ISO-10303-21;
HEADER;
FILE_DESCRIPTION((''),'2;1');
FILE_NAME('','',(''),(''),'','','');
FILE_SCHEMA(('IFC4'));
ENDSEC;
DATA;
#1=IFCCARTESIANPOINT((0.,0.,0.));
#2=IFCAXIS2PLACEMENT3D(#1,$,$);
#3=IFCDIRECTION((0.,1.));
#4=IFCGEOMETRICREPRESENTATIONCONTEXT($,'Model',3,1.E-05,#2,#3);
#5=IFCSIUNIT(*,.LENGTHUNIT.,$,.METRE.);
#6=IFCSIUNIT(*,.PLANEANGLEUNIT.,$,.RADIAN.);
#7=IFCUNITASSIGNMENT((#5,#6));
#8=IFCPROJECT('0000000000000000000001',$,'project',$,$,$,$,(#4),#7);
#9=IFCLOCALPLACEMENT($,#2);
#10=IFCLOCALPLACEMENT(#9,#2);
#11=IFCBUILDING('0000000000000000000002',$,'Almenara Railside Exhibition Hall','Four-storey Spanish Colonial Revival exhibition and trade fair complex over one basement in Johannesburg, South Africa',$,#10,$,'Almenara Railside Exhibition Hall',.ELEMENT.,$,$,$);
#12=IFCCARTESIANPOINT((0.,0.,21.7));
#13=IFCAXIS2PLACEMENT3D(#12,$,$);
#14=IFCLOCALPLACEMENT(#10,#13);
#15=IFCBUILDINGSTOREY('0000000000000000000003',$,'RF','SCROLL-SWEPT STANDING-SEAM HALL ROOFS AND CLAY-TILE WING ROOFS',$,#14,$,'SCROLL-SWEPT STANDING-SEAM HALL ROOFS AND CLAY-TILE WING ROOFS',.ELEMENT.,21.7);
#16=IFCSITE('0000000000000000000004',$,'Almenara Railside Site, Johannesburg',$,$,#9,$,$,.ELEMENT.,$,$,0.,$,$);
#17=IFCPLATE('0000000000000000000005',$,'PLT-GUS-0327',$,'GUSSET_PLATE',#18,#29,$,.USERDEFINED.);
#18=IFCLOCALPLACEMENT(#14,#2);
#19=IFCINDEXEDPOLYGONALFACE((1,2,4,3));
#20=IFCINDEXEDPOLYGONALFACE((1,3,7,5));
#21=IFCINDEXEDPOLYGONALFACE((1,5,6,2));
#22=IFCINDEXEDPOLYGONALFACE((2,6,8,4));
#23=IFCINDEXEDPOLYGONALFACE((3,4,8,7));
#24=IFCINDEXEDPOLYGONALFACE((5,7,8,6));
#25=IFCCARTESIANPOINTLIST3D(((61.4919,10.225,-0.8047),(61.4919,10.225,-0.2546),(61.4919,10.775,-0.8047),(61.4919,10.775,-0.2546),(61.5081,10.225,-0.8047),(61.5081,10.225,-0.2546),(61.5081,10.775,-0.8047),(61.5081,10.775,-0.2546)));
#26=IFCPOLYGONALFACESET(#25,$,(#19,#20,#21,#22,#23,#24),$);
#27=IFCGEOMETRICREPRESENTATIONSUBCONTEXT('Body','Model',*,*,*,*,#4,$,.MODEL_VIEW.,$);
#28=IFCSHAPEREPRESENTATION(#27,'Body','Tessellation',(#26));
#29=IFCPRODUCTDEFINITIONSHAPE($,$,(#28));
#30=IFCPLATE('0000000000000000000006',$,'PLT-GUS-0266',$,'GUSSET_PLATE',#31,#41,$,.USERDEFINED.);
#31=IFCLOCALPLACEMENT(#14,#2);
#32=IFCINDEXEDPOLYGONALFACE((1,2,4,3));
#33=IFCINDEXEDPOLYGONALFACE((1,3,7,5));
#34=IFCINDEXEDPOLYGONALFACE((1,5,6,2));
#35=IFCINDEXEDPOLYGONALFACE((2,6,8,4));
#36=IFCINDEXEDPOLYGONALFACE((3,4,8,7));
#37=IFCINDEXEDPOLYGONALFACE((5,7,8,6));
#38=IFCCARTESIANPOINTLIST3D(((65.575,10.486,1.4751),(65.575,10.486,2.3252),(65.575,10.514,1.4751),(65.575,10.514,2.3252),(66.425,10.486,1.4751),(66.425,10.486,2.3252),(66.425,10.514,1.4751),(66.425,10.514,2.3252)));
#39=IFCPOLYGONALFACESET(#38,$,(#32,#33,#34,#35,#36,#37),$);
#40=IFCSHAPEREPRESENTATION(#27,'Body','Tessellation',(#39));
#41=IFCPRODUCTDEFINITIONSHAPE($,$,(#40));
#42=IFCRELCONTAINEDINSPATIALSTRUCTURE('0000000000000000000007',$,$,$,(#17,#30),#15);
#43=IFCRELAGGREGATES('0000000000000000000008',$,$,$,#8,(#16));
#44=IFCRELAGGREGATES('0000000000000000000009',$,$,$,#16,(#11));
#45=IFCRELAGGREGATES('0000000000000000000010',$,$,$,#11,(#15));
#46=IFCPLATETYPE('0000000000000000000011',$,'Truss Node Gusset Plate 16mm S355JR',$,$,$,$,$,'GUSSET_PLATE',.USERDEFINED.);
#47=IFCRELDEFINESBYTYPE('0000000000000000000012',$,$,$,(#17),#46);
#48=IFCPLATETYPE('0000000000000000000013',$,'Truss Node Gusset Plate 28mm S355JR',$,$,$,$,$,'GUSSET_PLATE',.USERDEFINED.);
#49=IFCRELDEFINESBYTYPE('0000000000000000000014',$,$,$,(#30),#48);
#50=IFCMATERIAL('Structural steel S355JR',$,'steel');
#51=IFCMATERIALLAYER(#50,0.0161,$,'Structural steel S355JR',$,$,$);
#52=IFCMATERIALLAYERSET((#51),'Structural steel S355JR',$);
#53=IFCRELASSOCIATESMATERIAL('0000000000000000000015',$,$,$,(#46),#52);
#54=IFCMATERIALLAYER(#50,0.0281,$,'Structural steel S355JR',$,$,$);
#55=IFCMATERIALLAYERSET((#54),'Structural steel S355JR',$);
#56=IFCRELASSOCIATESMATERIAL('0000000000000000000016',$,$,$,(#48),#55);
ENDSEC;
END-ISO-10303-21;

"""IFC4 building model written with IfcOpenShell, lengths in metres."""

from ifc_helpers import new_model, si_unit, direction, frame, origin, origin_2d, place, context, subcontext, project, spatial, rectangle, extrude, material, layer, layer_set, type_object, element, save


model = new_model("IFC4")

# Units and contexts
model_context = context("Model", 3, precision=1e-05, world=origin(), true_north=direction((0.0, 1.0)))
body_context = subcontext(model_context, "Body", "Model", "MODEL_VIEW")
ifc_project = project(units=[si_unit("LENGTHUNIT", "METRE"), si_unit("PLANEANGLEUNIT", "RADIAN")], contexts=[model_context])

# Site, building, storey
site_placement = place(None, origin())
site = spatial("IfcSite", under=ifc_project, at=site_placement, Name="Almenara Railside Site, Johannesburg", CompositionType="ELEMENT", RefElevation=0.0)
building_placement = place(site_placement, origin())
building = spatial("IfcBuilding", under=site, at=building_placement, Name="Almenara Railside Exhibition Hall", Description="Four-storey Spanish Colonial Revival exhibition and trade fair complex over one basement in Johannesburg, South Africa", LongName="Almenara Railside Exhibition Hall", CompositionType="ELEMENT")
storey_placement = place(building_placement, frame((0.0, 0.0, 21.7)))
storey = spatial("IfcBuildingStorey", under=building, at=storey_placement, Name="RF", Description="SCROLL-SWEPT STANDING-SEAM HALL ROOFS AND CLAY-TILE WING ROOFS", LongName="SCROLL-SWEPT STANDING-SEAM HALL ROOFS AND CLAY-TILE WING ROOFS", CompositionType="ELEMENT", Elevation=21.7)

# Shared definitions
ifc_material_1 = material(Name="Structural steel S355JR", Category="steel")

# Plates
ifc_layer_1 = layer(ifc_material_1, 0.0161, Name="Structural steel S355JR")
ifc_layer_set_1 = layer_set([ifc_layer_1], Name="Structural steel S355JR")
plate_type_1 = type_object("IfcPlateType", Name="Truss Node Gusset Plate 16mm S355JR", ElementType="GUSSET_PLATE", PredefinedType="USERDEFINED", material=ifc_layer_set_1)
plate_1_placement = place(storey_placement, frame((61.5, 10.5, -0.8047), z_axis=(0.0, 0.0, 1.0), x_axis=(0.0, 1.0, 0.0)))
element("IfcPlate", 1, at=plate_1_placement, inside=storey, type_object=plate_type_1, Name="PLT-GUS-0327", ObjectType="GUSSET_PLATE", PredefinedType="USERDEFINED", context=body_context, shape_type="SweptSolid", body=[
    extrude(rectangle(XDim=0.55, YDim=0.0161, at=origin_2d()), origin(), (0.0, 0.0, 1.0), 0.55),
])
ifc_layer_2 = layer(ifc_material_1, 0.0281, Name="Structural steel S355JR")
ifc_layer_set_2 = layer_set([ifc_layer_2], Name="Structural steel S355JR")
plate_type_2 = type_object("IfcPlateType", Name="Truss Node Gusset Plate 28mm S355JR", ElementType="GUSSET_PLATE", PredefinedType="USERDEFINED", material=ifc_layer_set_2)
plate_2_placement = place(storey_placement, frame((66.0, 10.5, 1.4751), z_axis=(0.0, 0.0, 1.0), x_axis=(1.0, 0.0, 0.0)))
element("IfcPlate", 2, at=plate_2_placement, inside=storey, type_object=plate_type_2, Name="PLT-GUS-0266", ObjectType="GUSSET_PLATE", PredefinedType="USERDEFINED", context=body_context, shape_type="SweptSolid", body=[
    extrude(rectangle(XDim=0.8501, YDim=0.0281, at=origin_2d()), origin(), (0.0, 0.0, 1.0), 0.8501),
])

save(model, "model.ifc")
